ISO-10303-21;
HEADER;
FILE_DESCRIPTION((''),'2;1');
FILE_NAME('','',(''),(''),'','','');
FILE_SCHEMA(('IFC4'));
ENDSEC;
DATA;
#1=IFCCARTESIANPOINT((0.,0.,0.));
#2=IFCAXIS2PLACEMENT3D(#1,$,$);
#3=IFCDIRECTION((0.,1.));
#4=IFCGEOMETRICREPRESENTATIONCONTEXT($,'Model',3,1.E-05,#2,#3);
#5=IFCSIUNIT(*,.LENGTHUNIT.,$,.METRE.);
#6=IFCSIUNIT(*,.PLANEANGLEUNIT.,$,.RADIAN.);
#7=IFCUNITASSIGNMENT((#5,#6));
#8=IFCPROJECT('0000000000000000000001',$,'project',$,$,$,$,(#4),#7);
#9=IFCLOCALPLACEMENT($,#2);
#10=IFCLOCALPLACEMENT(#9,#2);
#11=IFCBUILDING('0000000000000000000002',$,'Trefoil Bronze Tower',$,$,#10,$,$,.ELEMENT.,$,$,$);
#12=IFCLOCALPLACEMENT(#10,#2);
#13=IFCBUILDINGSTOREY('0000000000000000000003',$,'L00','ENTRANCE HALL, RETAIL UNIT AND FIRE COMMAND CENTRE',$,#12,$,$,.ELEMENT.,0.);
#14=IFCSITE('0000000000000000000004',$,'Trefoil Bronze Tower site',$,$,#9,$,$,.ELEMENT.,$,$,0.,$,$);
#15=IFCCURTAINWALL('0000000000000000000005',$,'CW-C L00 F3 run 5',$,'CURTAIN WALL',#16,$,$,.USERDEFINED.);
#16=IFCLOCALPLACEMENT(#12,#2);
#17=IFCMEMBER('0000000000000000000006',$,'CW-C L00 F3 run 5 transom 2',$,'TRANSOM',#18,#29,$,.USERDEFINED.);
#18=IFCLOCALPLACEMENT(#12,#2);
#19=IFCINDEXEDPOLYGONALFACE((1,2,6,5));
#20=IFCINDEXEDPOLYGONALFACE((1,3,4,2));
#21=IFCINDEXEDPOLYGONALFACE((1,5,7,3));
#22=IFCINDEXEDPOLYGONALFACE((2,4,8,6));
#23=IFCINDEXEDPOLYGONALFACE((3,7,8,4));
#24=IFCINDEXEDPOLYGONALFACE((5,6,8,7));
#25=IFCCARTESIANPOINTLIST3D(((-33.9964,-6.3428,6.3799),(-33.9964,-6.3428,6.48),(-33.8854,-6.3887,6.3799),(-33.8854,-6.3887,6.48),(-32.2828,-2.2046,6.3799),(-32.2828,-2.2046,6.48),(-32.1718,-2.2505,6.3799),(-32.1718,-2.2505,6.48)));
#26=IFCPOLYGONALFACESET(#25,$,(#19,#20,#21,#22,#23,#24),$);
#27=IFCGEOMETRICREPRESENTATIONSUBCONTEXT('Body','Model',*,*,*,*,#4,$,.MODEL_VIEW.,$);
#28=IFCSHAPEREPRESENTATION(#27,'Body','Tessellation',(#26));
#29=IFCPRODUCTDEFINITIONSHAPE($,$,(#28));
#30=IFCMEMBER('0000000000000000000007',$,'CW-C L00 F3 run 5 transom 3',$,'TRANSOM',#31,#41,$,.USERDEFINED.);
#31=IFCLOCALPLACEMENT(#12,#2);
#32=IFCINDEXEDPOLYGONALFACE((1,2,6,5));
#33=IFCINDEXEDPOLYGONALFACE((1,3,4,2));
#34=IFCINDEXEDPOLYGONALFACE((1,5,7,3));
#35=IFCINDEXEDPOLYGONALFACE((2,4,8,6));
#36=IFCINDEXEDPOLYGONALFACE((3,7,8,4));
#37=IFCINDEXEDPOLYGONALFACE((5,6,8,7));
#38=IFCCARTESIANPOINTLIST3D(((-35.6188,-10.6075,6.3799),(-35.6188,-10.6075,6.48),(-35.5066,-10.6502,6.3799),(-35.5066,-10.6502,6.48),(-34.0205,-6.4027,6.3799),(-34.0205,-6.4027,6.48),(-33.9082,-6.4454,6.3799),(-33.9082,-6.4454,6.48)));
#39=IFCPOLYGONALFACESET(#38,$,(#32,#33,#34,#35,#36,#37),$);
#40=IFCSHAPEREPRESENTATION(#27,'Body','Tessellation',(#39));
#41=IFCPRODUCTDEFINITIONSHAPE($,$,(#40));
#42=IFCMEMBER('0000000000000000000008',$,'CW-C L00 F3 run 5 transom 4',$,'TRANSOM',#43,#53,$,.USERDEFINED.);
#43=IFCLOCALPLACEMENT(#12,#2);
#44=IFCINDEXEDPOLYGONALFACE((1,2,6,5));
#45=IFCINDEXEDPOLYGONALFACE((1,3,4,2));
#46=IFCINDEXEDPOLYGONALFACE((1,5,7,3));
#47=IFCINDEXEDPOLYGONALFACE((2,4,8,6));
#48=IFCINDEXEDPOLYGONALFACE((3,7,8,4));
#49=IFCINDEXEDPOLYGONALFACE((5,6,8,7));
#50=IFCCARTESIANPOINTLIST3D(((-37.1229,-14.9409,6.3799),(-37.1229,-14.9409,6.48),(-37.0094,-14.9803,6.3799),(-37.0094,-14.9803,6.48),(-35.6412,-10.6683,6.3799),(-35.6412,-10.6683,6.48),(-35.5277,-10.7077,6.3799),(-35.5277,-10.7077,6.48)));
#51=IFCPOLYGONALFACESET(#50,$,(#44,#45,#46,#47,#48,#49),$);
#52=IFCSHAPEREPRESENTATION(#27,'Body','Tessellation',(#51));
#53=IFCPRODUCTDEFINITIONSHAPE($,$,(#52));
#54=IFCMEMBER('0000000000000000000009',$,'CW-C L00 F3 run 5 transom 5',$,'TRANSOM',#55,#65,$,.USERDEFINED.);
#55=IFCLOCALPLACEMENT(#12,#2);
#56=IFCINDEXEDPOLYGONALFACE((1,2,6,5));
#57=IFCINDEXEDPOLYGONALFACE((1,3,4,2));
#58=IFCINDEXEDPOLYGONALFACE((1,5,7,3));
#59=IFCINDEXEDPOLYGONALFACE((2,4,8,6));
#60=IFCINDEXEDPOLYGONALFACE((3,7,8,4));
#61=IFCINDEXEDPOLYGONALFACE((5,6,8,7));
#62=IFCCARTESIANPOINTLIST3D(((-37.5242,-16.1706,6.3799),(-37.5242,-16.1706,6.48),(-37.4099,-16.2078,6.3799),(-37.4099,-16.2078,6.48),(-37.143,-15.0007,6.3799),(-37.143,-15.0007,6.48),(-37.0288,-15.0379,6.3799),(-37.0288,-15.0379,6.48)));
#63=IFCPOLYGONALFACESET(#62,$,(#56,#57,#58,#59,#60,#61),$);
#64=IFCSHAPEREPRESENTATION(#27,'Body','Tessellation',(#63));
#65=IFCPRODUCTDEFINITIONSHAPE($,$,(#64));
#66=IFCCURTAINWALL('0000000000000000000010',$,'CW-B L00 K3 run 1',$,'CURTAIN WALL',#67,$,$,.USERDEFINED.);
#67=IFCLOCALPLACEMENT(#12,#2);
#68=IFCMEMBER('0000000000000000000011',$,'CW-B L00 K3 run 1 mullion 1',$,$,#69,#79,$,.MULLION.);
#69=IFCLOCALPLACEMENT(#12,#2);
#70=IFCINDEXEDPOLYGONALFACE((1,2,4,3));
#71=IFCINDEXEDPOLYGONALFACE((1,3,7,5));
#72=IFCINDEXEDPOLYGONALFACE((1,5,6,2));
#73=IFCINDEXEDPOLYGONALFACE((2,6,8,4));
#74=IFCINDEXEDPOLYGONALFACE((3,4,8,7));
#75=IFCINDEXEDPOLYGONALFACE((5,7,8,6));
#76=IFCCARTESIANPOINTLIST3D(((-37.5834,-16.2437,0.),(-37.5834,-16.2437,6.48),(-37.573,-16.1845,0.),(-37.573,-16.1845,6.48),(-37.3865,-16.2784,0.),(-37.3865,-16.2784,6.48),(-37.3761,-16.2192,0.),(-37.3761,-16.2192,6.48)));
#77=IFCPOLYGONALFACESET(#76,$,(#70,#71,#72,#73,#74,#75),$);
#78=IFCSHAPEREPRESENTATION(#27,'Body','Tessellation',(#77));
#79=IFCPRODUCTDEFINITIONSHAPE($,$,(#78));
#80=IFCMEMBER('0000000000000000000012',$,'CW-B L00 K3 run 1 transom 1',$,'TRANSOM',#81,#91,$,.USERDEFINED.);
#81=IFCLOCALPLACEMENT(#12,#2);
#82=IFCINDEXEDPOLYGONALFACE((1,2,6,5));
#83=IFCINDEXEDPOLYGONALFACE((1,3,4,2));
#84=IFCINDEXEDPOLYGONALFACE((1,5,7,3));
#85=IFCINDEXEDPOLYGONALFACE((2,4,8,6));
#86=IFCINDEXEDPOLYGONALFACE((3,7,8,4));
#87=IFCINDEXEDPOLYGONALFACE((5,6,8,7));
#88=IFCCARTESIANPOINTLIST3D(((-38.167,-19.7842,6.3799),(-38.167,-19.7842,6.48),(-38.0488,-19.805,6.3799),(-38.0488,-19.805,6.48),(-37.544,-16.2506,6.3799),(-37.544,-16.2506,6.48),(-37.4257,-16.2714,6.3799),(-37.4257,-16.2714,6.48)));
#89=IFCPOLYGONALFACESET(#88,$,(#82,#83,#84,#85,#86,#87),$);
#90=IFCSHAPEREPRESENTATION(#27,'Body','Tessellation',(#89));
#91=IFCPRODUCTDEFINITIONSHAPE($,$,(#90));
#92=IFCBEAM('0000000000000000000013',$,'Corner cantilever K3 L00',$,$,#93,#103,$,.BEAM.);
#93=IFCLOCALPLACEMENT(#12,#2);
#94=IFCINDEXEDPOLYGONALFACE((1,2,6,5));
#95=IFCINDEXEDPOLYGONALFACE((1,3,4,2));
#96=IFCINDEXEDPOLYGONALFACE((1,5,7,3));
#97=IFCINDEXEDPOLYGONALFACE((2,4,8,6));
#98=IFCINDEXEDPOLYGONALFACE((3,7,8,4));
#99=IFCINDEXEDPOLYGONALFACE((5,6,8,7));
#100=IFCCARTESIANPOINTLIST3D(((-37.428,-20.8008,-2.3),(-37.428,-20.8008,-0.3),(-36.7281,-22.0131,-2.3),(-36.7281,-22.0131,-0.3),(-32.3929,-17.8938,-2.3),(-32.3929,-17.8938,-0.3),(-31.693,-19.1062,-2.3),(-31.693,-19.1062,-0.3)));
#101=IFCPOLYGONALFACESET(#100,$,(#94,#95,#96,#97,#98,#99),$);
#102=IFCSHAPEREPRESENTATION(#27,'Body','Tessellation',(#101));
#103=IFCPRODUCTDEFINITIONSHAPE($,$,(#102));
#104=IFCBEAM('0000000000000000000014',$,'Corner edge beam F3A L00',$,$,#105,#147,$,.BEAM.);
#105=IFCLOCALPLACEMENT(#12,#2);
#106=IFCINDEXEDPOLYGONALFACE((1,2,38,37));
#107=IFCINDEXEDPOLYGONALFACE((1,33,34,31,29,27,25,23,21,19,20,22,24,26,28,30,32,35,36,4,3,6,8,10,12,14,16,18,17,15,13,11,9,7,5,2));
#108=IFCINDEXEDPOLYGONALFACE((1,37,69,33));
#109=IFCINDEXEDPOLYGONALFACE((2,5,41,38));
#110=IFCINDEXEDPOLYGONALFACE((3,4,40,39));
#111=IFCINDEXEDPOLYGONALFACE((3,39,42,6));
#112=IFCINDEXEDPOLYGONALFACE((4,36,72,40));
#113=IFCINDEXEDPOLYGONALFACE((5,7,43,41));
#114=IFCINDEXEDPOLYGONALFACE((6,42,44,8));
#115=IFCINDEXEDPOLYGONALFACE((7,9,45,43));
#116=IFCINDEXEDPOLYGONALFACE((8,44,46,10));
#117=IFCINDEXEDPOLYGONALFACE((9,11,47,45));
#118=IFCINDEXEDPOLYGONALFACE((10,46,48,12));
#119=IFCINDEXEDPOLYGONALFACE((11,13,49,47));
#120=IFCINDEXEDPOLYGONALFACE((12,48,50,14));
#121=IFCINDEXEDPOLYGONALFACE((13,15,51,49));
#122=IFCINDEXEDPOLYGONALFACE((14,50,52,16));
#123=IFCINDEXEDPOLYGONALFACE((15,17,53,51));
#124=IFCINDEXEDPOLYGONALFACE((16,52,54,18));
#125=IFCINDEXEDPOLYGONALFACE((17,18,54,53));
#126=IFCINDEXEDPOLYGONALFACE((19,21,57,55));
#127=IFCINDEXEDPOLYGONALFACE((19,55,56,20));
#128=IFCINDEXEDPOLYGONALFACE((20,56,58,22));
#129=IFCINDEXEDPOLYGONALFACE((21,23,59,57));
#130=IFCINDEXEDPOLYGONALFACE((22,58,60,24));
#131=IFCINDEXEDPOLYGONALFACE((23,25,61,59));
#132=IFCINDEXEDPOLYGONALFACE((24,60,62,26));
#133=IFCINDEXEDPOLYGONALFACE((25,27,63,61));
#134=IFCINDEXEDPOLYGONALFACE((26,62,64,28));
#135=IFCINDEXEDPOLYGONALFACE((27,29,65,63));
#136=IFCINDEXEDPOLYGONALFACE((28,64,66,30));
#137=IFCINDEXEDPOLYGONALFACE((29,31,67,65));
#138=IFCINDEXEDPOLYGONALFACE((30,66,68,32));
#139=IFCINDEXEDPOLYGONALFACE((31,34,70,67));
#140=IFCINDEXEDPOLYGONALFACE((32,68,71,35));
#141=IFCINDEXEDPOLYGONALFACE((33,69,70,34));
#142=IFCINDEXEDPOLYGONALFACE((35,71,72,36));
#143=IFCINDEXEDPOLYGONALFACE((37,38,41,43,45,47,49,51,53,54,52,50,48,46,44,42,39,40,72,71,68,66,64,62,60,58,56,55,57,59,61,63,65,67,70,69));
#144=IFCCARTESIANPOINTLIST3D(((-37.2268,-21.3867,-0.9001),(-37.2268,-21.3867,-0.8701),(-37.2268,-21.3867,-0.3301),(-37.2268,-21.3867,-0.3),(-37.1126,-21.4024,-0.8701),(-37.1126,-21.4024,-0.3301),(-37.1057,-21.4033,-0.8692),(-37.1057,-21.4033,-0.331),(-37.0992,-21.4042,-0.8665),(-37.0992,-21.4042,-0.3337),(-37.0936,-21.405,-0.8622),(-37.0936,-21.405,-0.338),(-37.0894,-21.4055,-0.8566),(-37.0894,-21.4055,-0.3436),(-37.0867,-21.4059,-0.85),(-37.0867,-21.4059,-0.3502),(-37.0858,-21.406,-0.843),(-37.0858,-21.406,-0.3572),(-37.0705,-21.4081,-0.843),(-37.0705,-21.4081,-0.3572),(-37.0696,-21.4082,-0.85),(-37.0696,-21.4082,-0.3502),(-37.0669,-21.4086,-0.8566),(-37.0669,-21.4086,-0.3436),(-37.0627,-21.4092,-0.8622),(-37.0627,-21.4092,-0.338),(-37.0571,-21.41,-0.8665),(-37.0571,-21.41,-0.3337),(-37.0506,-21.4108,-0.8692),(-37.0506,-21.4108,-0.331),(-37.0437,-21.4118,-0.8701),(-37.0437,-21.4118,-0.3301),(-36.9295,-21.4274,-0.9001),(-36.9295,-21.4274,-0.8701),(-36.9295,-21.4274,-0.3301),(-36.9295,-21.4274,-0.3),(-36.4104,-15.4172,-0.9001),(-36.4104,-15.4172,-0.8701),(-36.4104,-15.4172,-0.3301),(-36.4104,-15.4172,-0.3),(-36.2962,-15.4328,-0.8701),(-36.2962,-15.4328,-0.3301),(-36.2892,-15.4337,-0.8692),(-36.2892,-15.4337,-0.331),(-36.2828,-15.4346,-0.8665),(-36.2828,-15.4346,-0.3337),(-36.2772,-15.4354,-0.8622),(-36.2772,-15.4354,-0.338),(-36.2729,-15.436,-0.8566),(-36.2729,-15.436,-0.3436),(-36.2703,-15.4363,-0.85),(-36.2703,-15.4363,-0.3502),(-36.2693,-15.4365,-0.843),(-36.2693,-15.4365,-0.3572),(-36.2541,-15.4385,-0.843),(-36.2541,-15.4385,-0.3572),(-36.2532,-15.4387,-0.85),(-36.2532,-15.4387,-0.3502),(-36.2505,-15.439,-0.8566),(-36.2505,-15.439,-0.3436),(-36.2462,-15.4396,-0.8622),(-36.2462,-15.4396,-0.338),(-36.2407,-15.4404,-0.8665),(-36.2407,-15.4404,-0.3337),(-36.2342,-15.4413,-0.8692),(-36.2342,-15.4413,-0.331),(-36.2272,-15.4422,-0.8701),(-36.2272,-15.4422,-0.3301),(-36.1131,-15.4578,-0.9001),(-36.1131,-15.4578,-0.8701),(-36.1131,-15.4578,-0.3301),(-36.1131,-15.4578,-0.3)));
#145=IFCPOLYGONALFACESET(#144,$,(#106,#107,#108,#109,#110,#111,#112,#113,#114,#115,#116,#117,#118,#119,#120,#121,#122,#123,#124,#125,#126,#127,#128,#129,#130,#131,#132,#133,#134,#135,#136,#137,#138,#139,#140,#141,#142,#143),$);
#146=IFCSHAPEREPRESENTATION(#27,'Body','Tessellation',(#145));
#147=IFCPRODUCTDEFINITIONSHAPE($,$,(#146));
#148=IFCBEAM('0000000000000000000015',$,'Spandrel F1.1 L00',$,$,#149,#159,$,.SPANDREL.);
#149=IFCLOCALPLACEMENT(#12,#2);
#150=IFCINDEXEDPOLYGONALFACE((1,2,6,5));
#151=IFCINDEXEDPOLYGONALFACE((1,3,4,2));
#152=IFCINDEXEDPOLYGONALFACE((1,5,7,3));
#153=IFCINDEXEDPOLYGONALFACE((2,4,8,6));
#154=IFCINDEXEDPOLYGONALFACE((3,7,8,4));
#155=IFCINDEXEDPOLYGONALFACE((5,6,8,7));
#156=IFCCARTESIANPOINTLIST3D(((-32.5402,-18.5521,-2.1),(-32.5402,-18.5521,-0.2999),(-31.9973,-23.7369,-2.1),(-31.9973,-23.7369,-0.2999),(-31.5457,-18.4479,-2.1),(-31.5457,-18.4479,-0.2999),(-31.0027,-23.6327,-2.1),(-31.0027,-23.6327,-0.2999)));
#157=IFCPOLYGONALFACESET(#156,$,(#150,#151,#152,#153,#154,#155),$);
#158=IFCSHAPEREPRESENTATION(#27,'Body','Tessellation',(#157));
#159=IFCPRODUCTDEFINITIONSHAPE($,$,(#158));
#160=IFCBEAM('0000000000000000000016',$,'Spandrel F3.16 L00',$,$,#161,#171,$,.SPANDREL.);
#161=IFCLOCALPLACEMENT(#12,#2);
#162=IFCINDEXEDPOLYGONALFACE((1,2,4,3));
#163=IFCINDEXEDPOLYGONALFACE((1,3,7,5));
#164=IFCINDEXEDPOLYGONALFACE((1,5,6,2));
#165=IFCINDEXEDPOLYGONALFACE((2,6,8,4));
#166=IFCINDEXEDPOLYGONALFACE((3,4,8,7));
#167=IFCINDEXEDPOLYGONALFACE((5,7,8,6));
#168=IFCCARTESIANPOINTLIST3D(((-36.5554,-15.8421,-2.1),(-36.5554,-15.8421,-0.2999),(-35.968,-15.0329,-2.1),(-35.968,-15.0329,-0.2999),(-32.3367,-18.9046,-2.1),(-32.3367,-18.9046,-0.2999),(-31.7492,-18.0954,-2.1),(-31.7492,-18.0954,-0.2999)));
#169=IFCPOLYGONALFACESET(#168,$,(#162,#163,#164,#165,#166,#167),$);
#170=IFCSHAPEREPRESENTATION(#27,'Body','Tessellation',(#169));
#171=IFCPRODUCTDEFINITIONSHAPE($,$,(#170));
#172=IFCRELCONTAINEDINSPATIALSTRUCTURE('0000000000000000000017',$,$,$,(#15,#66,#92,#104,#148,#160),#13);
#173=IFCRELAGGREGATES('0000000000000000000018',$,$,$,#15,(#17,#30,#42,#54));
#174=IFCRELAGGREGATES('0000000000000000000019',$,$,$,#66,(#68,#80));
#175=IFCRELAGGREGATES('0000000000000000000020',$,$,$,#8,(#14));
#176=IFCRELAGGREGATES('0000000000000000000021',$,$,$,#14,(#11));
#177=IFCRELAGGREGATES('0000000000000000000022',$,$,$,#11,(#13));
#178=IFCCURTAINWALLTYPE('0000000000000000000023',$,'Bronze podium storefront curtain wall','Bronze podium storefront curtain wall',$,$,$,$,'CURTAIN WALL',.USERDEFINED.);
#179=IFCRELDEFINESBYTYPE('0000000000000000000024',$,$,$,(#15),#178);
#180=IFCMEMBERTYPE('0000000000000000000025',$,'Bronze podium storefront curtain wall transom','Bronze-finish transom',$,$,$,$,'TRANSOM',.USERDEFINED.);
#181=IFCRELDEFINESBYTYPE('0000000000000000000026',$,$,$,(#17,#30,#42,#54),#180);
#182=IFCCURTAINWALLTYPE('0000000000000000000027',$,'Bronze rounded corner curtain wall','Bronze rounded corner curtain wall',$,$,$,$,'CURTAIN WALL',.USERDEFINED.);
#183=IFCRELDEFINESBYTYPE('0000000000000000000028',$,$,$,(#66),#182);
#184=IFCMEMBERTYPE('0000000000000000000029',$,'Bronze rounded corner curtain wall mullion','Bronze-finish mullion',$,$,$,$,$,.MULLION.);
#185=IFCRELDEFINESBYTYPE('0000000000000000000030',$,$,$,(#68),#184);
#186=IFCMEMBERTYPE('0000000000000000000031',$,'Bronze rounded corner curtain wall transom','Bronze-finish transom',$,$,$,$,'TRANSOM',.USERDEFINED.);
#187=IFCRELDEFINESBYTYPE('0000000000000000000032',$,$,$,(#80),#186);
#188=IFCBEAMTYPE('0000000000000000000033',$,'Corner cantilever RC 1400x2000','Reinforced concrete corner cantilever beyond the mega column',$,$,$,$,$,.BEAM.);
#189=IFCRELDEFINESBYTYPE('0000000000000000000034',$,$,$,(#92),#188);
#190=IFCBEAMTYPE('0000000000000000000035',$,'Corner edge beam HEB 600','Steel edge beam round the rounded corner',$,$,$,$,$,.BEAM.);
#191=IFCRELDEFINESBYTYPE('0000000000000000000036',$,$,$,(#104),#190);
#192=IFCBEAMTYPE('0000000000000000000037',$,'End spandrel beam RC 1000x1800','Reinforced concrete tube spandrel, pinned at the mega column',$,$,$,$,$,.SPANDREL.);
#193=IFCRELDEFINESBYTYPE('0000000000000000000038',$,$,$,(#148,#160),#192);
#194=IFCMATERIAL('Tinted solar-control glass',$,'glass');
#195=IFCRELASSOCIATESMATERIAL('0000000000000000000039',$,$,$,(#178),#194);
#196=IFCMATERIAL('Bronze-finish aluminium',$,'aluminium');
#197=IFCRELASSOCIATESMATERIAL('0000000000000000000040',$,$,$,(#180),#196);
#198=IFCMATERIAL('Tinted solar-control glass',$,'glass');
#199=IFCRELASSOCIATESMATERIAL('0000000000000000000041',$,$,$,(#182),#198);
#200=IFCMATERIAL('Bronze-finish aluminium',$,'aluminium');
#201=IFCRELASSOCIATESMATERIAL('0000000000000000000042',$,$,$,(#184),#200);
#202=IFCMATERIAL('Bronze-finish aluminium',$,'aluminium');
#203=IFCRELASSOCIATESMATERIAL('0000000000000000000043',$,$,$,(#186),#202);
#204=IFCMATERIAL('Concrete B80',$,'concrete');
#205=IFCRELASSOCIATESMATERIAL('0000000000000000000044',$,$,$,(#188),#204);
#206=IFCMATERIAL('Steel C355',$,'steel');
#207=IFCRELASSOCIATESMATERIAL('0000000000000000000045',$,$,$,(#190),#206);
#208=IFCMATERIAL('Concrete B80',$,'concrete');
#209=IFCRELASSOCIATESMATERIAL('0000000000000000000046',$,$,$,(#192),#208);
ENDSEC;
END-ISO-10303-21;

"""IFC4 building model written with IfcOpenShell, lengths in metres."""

from ifc_helpers import new_model, si_unit, direction, frame, origin, origin_2d, place, context, subcontext, project, spatial, rectangle, i_section, extrude, material, material_profile, profile_set, type_object, element, aggregate, save


model = new_model("IFC4")

# Units and contexts
model_context = context("Model", 3, precision=1e-05, world=origin(), true_north=direction((0.0, 1.0)))
body_context = subcontext(model_context, "Body", "Model", "MODEL_VIEW")
ifc_project = project(units=[si_unit("LENGTHUNIT", "METRE"), si_unit("PLANEANGLEUNIT", "RADIAN")], contexts=[model_context])

# Site, building, storey
site_placement = place(None, origin())
site = spatial("IfcSite", under=ifc_project, at=site_placement, Name="Trefoil Bronze Tower site", CompositionType="ELEMENT", RefElevation=0.0)
building_placement = place(site_placement, origin())
building = spatial("IfcBuilding", under=site, at=building_placement, Name="Trefoil Bronze Tower", CompositionType="ELEMENT")
storey_placement = place(building_placement, origin())
storey = spatial("IfcBuildingStorey", under=building, at=storey_placement, Name="L00", Description="ENTRANCE HALL, RETAIL UNIT AND FIRE COMMAND CENTRE", CompositionType="ELEMENT", Elevation=0.0)

# Curtain walls, members
ifc_material_1 = material(Name="Tinted solar-control glass", Category="glass")
curtain_wall_type_1 = type_object("IfcCurtainWallType", Name="Bronze podium storefront curtain wall", Description="Bronze podium storefront curtain wall", ElementType="CURTAIN WALL", PredefinedType="USERDEFINED", material=ifc_material_1)
curtain_wall_1_placement = place(storey_placement, origin())
curtain_wall_1 = element("IfcCurtainWall", 1, at=curtain_wall_1_placement, inside=storey, type_object=curtain_wall_type_1, Name="CW-C L00 F3 run 5", ObjectType="CURTAIN WALL", PredefinedType="USERDEFINED")
ifc_material_2 = material(Name="Bronze-finish aluminium", Category="aluminium")
ifc_material_profile_1 = material_profile(ifc_material_2, rectangle(XDim=0.1201, YDim=0.1001, at=origin_2d()), Name="CW-C transom")
ifc_profile_set_1 = profile_set([ifc_material_profile_1], Name="Bronze-finish aluminium")
member_type_1 = type_object("IfcMemberType", Name="Bronze podium storefront curtain wall transom", Description="Bronze-finish transom", ElementType="TRANSOM", PredefinedType="USERDEFINED", material=ifc_profile_set_1)
member_1_placement = place(storey_placement, frame((-32.2273, -2.2275, 6.4299), z_axis=(-0.382594, -0.923917, 0.0), x_axis=(0.923917, -0.382594, 0.0)))
member_1 = element("IfcMember", 2, at=member_1_placement, type_object=member_type_1, Name="CW-C L00 F3 run 5 transom 2", ObjectType="TRANSOM", PredefinedType="USERDEFINED", context=body_context, shape_type="SweptSolid", body=[
    extrude(rectangle(XDim=0.1201, YDim=0.1001, at=origin_2d()), origin(), (0.0, 0.0, 1.0), 4.479),
])
member_2_placement = place(storey_placement, frame((-33.9644, -6.4241, 6.4299), z_axis=(-0.355325, -0.934743, 0.0), x_axis=(0.934743, -0.355325, 0.0)))
member_2 = element("IfcMember", 3, at=member_2_placement, type_object=member_type_1, Name="CW-C L00 F3 run 5 transom 3", ObjectType="TRANSOM", PredefinedType="USERDEFINED", context=body_context, shape_type="SweptSolid", body=[
    extrude(rectangle(XDim=0.1201, YDim=0.1001, at=origin_2d()), origin(), (0.0, 0.0, 1.0), 4.4983),
])
member_3_placement = place(storey_placement, frame((-35.5845, -10.688, 6.4299), z_axis=(-0.327639, -0.944803, 0.0), x_axis=(0.944803, -0.327639, 0.0)))
member_3 = element("IfcMember", 4, at=member_3_placement, type_object=member_type_1, Name="CW-C L00 F3 run 5 transom 4", ObjectType="TRANSOM", PredefinedType="USERDEFINED", context=body_context, shape_type="SweptSolid", body=[
    extrude(rectangle(XDim=0.1201, YDim=0.1001, at=origin_2d()), origin(), (0.0, 0.0, 1.0), 4.5222),
])
member_4_placement = place(storey_placement, frame((-37.0859, -15.0193, 6.4299), z_axis=(-0.309732, -0.950824, 0.0), x_axis=(0.950824, -0.309732, 0.0)))
member_4 = element("IfcMember", 5, at=member_4_placement, type_object=member_type_1, Name="CW-C L00 F3 run 5 transom 5", ObjectType="TRANSOM", PredefinedType="USERDEFINED", context=body_context, shape_type="SweptSolid", body=[
    extrude(rectangle(XDim=0.1201, YDim=0.1001, at=origin_2d()), origin(), (0.0, 0.0, 1.0), 1.2305),
])
ifc_material_3 = material(Name="Tinted solar-control glass", Category="glass")
curtain_wall_type_2 = type_object("IfcCurtainWallType", Name="Bronze rounded corner curtain wall", Description="Bronze rounded corner curtain wall", ElementType="CURTAIN WALL", PredefinedType="USERDEFINED", material=ifc_material_3)
curtain_wall_2_placement = place(storey_placement, origin())
curtain_wall_2 = element("IfcCurtainWall", 6, at=curtain_wall_2_placement, inside=storey, type_object=curtain_wall_type_2, Name="CW-B L00 K3 run 1", ObjectType="CURTAIN WALL", PredefinedType="USERDEFINED")
ifc_material_4 = material(Name="Bronze-finish aluminium", Category="aluminium")
ifc_material_profile_2 = material_profile(ifc_material_4, rectangle(XDim=0.2, YDim=0.0601, at=origin_2d()), Name="CW-B mullion")
ifc_profile_set_2 = profile_set([ifc_material_profile_2], Name="Bronze-finish aluminium")
member_type_2 = type_object("IfcMemberType", Name="Bronze rounded corner curtain wall mullion", Description="Bronze-finish mullion", PredefinedType="MULLION", material=ifc_profile_set_2)
member_5_placement = place(storey_placement, frame((-37.4797, -16.2314, 0.0), z_axis=(0.0, 0.0, 1.0), x_axis=(0.984808, -0.173648, 0.0)))
member_5 = element("IfcMember", 7, at=member_5_placement, type_object=member_type_2, Name="CW-B L00 K3 run 1 mullion 1", PredefinedType="MULLION", context=body_context, shape_type="SweptSolid", body=[
    extrude(rectangle(XDim=0.2, YDim=0.0601, at=origin_2d()), origin(), (0.0, 0.0, 1.0), 6.48),
])
ifc_material_5 = material(Name="Bronze-finish aluminium", Category="aluminium")
ifc_material_profile_3 = material_profile(ifc_material_5, rectangle(XDim=0.1201, YDim=0.1001, at=origin_2d()), Name="CW-B transom")
ifc_profile_set_3 = profile_set([ifc_material_profile_3], Name="Bronze-finish aluminium")
member_type_3 = type_object("IfcMemberType", Name="Bronze rounded corner curtain wall transom", Description="Bronze-finish transom", ElementType="TRANSOM", PredefinedType="USERDEFINED", material=ifc_profile_set_3)
member_6_placement = place(storey_placement, frame((-37.4849, -16.261, 6.4299), z_axis=(-0.173638, -0.98481, 0.0), x_axis=(0.98481, -0.173638, 0.0)))
member_6 = element("IfcMember", 8, at=member_6_placement, type_object=member_type_3, Name="CW-B L00 K3 run 1 transom 1", ObjectType="TRANSOM", PredefinedType="USERDEFINED", context=body_context, shape_type="SweptSolid", body=[
    extrude(rectangle(XDim=0.1201, YDim=0.1001, at=origin_2d()), origin(), (0.0, 0.0, 1.0), 3.5881),
])

# Beams
ifc_material_6 = material(Name="Concrete B80", Category="concrete")
ifc_material_profile_4 = material_profile(ifc_material_6, rectangle(XDim=1.3999, YDim=2.0, at=origin_2d()), Name="RC 1400x2000")
ifc_profile_set_4 = profile_set([ifc_material_profile_4], Name="Concrete B80")
beam_type_1 = type_object("IfcBeamType", Name="Corner cantilever RC 1400x2000", Description="Reinforced concrete corner cantilever beyond the mega column", PredefinedType="BEAM", material=ifc_profile_set_4)
beam_1_placement = place(storey_placement, frame((-32.043, -18.5, -1.3), z_axis=(-0.86603, -0.499991, 0.0), x_axis=(0.499991, -0.86603, 0.0)))
element("IfcBeam", 9, at=beam_1_placement, inside=storey, type_object=beam_type_1, Name="Corner cantilever K3 L00", PredefinedType="BEAM", context=body_context, shape_type="SweptSolid", body=[
    extrude(rectangle(XDim=1.3999, YDim=2.0, at=origin_2d()), origin(), (0.0, 0.0, 1.0), 5.814),
])
ifc_material_7 = material(Name="Steel C355", Category="steel")
ifc_material_profile_5 = material_profile(ifc_material_7, i_section(OverallWidth=0.3, OverallDepth=0.6001, WebThickness=0.0154, FlangeThickness=0.03, FilletRadius=0.0271, at=origin_2d()), Name="HEB 600")
ifc_profile_set_5 = profile_set([ifc_material_profile_5], Name="Steel C355")
beam_type_2 = type_object("IfcBeamType", Name="Corner edge beam HEB 600", Description="Steel edge beam round the rounded corner", PredefinedType="BEAM", material=ifc_profile_set_5)
beam_2_placement = place(storey_placement, frame((-36.2617, -15.4375, -0.6001), z_axis=(-0.135502, -0.990777, 0.0), x_axis=(0.990777, -0.135502, 0.0)))
element("IfcBeam", 10, at=beam_2_placement, inside=storey, type_object=beam_type_2, Name="Corner edge beam F3A L00", PredefinedType="BEAM", context=body_context, shape_type="SweptSolid", body=[
    extrude(i_section(OverallWidth=0.3, OverallDepth=0.6001, WebThickness=0.0154, FlangeThickness=0.03, FilletRadius=0.0271, at=origin_2d()), origin(), (0.0, 0.0, 1.0), 6.0251),
])
ifc_material_8 = material(Name="Concrete B80", Category="concrete")
ifc_material_profile_6 = material_profile(ifc_material_8, rectangle(XDim=1.0, YDim=1.8, at=origin_2d()), Name="RC 1000x1800")
ifc_profile_set_6 = profile_set([ifc_material_profile_6], Name="Concrete B80")
beam_type_3 = type_object("IfcBeamType", Name="End spandrel beam RC 1000x1800", Description="Reinforced concrete tube spandrel, pinned at the mega column", PredefinedType="SPANDREL", material=ifc_profile_set_6)
for number, where, z_axis, x_axis, name in (
    (11, (-32.043, -18.5, -1.2), (0.104153, -0.994561, 0.0), (0.994561, 0.104153, 0.0), "Spandrel F1.1 L00"),
    (12, (-36.2617, -15.4375, -1.2), (0.809254, -0.587459, 0.0), (0.587459, 0.809254, 0.0), "Spandrel F3.16 L00"),
):
    element("IfcBeam", number, at=place(storey_placement, frame(where, z_axis=z_axis, x_axis=x_axis)), inside=storey, type_object=beam_type_3, Name=name, PredefinedType="SPANDREL", context=body_context, shape_type="SweptSolid", body=[
        extrude(rectangle(XDim=1.0, YDim=1.8, at=origin_2d()), origin(), (0.0, 0.0, 1.0), 5.2131),
    ])

aggregate(curtain_wall_1, [member_1, member_2, member_3, member_4])
aggregate(curtain_wall_2, [member_5, member_6])

save(model, "model.ifc")
